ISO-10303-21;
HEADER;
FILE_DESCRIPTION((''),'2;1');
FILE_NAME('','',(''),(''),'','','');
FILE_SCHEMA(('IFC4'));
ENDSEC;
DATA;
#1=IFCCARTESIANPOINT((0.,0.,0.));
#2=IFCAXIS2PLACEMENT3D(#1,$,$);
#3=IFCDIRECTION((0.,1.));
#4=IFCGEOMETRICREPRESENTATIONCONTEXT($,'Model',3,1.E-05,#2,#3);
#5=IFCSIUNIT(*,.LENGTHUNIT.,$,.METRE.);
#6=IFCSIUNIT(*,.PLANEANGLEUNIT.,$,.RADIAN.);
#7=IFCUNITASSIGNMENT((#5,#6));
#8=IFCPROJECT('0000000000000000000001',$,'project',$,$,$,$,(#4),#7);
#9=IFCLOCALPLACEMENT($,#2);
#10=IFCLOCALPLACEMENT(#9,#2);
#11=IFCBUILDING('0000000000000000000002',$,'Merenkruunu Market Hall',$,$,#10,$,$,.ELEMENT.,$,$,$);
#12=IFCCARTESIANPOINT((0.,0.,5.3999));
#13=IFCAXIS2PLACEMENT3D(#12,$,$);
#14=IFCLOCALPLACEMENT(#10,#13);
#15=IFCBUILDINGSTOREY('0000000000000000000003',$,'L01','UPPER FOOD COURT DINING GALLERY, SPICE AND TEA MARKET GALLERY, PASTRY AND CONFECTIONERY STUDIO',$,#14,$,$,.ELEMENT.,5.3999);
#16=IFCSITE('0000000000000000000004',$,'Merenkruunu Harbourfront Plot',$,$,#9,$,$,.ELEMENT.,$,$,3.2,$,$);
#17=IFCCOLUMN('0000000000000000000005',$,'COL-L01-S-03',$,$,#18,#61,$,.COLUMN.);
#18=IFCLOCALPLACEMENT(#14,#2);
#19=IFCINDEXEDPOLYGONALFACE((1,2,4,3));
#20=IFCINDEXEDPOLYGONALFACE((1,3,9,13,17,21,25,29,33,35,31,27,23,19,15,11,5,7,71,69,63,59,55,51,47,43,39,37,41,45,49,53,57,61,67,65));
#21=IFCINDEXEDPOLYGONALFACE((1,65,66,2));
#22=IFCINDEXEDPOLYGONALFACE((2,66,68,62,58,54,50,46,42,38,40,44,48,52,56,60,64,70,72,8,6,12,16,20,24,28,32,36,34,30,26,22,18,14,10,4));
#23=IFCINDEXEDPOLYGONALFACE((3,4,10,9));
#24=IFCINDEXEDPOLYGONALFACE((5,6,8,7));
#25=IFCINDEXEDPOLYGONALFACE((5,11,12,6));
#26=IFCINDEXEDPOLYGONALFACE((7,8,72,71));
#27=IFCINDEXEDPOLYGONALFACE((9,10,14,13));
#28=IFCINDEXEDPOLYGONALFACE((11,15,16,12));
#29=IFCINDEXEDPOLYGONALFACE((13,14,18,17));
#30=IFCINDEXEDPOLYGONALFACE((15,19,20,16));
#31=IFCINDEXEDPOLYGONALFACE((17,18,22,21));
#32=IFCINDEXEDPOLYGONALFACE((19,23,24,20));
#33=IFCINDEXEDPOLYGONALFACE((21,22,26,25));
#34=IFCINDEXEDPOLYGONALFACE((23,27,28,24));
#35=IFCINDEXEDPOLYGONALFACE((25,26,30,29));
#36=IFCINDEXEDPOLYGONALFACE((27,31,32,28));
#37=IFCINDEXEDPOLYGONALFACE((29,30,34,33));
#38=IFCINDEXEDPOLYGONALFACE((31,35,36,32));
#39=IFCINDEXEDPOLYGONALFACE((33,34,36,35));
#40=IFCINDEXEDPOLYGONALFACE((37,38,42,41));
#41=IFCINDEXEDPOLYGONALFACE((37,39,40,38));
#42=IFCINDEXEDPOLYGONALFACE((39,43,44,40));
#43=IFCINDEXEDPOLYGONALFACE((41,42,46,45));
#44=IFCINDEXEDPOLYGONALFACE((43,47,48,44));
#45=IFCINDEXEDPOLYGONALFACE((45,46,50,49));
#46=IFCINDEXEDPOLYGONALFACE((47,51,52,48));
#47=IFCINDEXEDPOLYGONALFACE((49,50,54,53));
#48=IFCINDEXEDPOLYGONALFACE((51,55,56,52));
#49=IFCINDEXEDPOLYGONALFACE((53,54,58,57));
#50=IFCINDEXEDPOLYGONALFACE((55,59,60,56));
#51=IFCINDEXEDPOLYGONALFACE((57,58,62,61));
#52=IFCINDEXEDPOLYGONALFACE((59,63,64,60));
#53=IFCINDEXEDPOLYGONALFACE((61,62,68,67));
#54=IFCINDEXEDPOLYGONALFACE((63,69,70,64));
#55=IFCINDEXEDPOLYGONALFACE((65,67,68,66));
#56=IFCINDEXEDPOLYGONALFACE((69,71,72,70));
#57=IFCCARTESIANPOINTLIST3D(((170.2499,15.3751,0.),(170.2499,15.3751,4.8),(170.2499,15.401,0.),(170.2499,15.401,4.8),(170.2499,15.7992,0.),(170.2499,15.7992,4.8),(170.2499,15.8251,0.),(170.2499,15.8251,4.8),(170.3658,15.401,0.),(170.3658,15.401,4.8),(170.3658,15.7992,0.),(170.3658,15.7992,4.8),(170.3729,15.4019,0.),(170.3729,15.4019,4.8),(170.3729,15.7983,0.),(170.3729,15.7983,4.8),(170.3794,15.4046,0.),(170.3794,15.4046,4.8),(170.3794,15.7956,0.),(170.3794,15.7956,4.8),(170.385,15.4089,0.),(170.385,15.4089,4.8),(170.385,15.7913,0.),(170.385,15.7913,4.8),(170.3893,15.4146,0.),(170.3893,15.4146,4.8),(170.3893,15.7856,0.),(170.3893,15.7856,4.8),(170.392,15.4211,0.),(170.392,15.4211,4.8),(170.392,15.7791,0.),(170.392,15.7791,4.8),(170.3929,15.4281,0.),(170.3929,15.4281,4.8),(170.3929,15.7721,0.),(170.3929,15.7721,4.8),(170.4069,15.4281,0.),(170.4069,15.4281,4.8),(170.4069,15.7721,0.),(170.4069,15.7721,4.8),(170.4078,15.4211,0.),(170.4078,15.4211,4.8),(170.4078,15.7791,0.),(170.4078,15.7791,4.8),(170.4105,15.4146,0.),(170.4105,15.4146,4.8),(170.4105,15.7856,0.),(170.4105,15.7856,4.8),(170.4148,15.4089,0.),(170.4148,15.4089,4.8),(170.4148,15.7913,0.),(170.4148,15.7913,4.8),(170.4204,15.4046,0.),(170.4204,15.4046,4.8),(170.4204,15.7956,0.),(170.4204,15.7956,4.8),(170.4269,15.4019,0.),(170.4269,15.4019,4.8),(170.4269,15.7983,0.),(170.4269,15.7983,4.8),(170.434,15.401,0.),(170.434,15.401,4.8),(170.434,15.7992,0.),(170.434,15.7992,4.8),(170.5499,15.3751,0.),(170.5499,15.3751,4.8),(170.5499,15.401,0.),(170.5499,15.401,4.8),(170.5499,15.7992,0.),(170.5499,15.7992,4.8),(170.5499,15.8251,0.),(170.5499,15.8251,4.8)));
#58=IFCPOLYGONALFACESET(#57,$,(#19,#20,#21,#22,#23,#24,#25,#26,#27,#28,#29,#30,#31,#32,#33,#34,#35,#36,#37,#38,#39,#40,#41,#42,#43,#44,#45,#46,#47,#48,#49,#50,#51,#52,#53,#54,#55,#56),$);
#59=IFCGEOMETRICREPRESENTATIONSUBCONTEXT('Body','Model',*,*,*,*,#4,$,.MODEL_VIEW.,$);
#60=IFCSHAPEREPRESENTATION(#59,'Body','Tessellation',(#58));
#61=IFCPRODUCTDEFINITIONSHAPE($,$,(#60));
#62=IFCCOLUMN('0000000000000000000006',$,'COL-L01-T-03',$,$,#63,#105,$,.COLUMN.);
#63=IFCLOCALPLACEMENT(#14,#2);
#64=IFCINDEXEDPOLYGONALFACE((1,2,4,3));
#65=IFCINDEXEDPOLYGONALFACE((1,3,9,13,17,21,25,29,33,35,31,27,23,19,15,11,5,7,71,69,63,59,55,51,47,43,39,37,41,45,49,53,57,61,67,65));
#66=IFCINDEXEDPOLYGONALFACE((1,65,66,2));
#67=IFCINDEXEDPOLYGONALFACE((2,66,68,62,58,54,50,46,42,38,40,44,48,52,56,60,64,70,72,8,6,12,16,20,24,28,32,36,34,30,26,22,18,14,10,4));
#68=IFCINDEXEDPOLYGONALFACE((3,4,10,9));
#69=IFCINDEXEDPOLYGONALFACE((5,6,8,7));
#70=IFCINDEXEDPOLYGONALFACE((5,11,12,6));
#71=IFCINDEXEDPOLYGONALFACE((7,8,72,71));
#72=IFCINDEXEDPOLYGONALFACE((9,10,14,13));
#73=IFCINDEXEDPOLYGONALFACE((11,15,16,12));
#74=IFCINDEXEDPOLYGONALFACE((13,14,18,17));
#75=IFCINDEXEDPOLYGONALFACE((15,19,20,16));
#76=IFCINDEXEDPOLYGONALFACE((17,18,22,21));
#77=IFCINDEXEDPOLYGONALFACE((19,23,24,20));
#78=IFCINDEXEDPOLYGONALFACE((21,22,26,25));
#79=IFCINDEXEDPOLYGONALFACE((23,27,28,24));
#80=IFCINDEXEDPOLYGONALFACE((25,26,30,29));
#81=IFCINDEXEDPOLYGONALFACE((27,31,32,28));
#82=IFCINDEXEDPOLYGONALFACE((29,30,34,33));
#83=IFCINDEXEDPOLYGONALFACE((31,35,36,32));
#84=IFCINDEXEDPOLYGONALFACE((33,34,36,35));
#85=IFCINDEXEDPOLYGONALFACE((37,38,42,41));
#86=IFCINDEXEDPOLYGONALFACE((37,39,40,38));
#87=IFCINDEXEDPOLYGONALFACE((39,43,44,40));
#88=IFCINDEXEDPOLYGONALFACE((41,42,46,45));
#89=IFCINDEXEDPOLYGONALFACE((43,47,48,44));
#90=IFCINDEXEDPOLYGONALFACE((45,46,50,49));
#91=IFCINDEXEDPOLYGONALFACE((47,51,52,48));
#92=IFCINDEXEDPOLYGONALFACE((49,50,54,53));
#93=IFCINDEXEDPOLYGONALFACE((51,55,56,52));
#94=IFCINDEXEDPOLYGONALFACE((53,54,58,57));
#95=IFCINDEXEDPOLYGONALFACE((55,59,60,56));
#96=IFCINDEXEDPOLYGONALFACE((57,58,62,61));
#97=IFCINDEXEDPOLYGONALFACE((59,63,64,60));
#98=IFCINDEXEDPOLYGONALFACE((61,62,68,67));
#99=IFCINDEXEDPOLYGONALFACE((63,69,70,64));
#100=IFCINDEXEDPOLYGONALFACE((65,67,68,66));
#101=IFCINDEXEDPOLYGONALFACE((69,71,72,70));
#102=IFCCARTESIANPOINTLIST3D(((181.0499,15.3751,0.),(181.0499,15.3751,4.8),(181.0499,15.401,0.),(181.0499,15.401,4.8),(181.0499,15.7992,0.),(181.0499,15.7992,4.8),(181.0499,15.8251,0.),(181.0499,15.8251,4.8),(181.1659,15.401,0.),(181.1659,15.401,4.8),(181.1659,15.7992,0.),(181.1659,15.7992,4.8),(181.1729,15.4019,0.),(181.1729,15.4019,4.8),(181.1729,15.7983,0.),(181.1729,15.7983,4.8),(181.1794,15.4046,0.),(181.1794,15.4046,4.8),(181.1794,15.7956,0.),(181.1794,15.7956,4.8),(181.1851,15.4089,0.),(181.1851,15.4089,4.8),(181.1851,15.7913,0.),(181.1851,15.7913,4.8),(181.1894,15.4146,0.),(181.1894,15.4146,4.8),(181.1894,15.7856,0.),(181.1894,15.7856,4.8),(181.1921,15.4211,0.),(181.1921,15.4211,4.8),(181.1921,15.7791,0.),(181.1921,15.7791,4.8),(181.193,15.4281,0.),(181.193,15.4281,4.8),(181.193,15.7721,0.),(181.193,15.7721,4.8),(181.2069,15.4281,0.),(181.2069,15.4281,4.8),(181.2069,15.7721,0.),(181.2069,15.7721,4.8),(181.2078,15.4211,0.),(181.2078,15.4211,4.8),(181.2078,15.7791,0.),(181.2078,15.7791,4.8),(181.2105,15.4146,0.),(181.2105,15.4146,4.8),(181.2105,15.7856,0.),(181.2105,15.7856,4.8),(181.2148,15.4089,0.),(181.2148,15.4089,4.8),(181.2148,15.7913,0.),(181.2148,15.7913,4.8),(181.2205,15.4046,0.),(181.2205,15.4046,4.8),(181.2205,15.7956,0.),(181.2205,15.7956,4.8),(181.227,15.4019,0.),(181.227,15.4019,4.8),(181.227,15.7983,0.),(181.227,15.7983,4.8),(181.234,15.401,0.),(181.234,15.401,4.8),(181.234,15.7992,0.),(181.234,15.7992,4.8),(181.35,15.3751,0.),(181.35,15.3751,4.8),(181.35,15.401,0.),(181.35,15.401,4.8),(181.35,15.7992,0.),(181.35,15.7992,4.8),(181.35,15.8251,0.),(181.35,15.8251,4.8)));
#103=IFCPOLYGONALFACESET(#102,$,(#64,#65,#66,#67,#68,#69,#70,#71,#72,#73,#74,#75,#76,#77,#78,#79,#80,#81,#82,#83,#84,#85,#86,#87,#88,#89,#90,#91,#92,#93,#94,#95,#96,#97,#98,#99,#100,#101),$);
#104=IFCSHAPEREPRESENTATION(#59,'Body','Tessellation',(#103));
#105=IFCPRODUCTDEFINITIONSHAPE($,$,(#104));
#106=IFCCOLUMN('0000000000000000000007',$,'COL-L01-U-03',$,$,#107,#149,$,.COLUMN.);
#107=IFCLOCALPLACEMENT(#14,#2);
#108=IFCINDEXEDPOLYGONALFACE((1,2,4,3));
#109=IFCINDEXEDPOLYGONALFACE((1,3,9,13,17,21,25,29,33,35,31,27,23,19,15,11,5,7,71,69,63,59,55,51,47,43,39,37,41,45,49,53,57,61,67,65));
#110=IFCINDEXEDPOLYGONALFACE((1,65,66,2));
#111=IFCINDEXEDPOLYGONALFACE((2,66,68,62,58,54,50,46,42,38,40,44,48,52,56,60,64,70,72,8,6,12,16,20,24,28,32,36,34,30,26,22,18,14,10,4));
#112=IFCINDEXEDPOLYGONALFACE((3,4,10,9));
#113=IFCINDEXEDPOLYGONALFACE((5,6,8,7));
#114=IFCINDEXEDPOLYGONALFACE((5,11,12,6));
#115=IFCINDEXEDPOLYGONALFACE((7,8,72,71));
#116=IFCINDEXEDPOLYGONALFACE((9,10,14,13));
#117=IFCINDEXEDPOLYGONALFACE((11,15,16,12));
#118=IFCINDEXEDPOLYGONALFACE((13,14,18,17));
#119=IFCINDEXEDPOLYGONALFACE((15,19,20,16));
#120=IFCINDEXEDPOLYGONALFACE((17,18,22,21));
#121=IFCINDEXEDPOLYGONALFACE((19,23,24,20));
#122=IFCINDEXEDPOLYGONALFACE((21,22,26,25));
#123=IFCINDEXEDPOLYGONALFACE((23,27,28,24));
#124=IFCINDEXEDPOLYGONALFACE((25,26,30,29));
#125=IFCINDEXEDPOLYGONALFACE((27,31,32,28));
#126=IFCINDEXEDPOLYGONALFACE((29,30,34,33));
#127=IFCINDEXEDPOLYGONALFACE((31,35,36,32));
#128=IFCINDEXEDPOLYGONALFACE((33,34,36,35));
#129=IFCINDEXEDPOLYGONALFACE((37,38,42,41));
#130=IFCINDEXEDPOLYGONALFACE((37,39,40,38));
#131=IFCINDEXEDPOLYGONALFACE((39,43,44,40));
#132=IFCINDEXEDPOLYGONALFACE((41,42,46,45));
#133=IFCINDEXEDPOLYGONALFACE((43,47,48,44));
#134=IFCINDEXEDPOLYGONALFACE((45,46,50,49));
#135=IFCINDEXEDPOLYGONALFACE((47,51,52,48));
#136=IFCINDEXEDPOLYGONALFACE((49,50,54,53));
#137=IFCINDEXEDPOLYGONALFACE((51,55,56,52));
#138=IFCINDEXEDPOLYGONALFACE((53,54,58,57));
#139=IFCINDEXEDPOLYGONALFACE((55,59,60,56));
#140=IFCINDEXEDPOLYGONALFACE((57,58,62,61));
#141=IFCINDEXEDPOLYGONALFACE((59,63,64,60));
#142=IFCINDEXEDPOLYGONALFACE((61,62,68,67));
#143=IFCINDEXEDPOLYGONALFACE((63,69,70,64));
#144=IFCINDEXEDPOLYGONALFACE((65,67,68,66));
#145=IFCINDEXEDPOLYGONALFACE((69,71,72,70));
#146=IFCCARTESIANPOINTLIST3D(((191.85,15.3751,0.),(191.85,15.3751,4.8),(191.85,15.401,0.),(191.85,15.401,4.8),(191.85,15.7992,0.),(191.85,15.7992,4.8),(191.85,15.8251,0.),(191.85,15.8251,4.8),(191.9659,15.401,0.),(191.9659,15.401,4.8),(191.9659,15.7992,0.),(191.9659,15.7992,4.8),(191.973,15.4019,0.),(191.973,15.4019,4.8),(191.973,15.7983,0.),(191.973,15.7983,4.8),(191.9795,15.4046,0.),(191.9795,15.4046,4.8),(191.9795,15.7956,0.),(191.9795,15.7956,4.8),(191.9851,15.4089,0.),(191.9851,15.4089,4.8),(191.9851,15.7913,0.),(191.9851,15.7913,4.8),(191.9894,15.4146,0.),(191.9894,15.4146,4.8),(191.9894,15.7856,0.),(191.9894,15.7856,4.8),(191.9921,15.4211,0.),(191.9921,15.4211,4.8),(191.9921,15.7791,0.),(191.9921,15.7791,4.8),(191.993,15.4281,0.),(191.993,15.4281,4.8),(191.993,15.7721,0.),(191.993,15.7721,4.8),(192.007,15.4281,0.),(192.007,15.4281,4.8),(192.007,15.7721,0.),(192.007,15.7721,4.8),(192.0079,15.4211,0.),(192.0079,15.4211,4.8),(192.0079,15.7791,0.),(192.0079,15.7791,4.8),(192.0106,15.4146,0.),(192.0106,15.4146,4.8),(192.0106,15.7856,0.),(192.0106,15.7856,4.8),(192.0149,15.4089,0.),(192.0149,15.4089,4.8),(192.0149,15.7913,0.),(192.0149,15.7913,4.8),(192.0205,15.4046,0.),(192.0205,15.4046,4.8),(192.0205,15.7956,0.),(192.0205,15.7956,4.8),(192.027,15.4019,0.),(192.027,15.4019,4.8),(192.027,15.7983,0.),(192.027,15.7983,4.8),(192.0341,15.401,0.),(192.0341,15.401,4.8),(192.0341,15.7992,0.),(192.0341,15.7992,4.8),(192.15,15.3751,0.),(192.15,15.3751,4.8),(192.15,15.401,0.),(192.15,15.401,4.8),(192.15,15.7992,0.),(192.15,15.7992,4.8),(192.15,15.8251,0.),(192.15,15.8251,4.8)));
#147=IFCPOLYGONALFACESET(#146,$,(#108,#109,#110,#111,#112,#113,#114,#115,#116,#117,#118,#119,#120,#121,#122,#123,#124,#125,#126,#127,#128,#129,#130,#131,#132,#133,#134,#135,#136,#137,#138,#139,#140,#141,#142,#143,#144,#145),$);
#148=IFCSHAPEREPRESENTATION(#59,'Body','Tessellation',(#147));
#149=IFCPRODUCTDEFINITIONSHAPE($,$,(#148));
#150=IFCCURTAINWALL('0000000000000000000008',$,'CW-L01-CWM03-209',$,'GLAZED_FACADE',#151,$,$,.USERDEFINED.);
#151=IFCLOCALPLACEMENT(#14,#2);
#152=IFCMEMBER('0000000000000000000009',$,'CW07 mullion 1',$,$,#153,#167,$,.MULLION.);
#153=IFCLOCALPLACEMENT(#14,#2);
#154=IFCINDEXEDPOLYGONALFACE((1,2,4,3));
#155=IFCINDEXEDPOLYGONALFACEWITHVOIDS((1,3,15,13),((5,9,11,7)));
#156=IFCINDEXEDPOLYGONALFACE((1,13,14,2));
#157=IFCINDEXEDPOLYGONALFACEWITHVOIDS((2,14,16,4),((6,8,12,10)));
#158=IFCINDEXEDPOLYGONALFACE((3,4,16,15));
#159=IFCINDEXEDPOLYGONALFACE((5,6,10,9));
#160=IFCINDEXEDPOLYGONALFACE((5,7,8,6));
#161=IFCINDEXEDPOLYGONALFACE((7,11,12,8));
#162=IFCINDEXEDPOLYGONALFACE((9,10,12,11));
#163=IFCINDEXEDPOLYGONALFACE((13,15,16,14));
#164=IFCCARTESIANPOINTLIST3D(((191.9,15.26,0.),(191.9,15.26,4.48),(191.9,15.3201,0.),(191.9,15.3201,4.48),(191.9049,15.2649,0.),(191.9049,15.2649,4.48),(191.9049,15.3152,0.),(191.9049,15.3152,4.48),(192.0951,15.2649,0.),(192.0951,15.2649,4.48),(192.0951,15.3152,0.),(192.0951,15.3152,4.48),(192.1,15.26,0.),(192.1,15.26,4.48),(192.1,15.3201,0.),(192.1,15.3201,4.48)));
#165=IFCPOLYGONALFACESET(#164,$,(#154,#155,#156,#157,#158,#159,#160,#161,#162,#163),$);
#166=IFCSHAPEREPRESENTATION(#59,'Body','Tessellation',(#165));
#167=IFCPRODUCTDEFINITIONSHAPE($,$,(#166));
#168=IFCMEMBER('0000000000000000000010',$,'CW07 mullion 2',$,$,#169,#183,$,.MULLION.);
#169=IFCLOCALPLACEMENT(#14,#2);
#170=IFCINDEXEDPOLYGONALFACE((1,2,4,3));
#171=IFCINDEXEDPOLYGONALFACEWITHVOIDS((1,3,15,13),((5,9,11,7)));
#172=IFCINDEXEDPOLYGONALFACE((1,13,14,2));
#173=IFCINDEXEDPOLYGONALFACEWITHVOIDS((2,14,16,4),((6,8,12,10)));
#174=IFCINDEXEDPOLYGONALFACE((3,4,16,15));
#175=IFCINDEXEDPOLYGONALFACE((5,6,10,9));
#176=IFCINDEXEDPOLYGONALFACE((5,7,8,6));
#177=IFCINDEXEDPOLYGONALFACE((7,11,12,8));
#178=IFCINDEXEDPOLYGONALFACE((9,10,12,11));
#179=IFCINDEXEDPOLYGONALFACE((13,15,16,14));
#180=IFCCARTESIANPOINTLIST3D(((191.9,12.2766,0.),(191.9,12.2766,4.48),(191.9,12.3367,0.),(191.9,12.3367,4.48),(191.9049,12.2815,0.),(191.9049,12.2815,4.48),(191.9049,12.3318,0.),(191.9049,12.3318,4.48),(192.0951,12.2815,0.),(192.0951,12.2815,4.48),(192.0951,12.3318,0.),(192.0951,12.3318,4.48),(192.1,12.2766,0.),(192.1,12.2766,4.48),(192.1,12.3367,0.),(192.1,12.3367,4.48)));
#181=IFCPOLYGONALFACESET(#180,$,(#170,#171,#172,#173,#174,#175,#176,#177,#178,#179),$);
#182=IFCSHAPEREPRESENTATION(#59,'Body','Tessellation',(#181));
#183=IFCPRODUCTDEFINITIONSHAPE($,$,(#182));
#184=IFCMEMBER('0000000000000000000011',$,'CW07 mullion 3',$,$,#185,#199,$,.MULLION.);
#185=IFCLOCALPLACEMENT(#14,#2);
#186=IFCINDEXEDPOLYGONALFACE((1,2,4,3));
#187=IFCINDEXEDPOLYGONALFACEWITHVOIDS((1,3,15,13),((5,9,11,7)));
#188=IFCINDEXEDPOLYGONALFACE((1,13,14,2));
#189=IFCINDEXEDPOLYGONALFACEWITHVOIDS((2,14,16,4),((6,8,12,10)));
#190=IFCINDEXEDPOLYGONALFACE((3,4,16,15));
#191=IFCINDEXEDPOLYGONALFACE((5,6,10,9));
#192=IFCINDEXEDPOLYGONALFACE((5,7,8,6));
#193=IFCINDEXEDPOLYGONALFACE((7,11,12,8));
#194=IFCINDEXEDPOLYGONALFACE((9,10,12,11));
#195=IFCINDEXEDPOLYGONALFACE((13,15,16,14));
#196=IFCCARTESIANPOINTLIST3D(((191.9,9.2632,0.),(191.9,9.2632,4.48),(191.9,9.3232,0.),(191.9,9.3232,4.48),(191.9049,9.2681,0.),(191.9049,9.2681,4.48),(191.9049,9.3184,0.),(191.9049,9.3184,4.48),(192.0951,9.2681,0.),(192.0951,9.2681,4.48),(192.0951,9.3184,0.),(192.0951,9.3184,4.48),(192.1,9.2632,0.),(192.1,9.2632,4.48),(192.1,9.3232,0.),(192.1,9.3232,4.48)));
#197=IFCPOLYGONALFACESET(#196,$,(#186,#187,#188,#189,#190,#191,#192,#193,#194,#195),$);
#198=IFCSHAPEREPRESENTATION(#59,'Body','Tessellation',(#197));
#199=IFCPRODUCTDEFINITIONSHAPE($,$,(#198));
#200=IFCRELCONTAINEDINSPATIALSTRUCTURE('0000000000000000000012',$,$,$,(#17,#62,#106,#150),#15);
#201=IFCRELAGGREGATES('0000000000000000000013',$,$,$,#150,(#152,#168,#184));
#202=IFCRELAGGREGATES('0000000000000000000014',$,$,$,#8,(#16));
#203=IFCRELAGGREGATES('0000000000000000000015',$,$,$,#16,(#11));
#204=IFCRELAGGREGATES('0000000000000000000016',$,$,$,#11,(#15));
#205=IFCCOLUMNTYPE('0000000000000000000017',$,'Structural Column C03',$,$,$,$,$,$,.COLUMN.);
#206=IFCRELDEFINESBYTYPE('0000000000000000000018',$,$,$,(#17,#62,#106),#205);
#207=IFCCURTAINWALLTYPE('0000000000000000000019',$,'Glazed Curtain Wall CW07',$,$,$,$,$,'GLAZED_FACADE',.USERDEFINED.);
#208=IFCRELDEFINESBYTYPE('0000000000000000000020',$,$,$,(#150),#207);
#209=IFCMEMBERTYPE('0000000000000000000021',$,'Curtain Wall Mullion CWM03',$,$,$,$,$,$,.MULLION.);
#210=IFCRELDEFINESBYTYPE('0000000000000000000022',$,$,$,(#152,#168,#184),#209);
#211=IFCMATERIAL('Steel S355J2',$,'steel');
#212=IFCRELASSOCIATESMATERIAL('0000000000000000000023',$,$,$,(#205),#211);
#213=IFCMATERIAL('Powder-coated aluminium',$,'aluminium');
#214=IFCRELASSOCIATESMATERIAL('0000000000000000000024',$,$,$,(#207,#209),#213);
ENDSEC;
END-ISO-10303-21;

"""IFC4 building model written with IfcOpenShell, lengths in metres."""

from ifc_helpers import new_model, si_unit, direction, frame, origin, origin_2d, place, context, subcontext, project, spatial, hollow_rectangle, i_section, extrude, material, material_profile, profile_set, type_object, element, aggregate, save


model = new_model("IFC4")

# Units and contexts
model_context = context("Model", 3, precision=1e-05, world=origin(), true_north=direction((0.0, 1.0)))
body_context = subcontext(model_context, "Body", "Model", "MODEL_VIEW")
ifc_project = project(units=[si_unit("LENGTHUNIT", "METRE"), si_unit("PLANEANGLEUNIT", "RADIAN")], contexts=[model_context])

# Site, building, storey
site_placement = place(None, origin())
site = spatial("IfcSite", under=ifc_project, at=site_placement, Name="Merenkruunu Harbourfront Plot", CompositionType="ELEMENT", RefElevation=3.2)
building_placement = place(site_placement, origin())
building = spatial("IfcBuilding", under=site, at=building_placement, Name="Merenkruunu Market Hall", CompositionType="ELEMENT")
storey_placement = place(building_placement, frame((0.0, 0.0, 5.3999)))
storey = spatial("IfcBuildingStorey", under=building, at=storey_placement, Name="L01", Description="UPPER FOOD COURT DINING GALLERY, SPICE AND TEA MARKET GALLERY, PASTRY AND CONFECTIONERY STUDIO", CompositionType="ELEMENT", Elevation=5.3999)

# Columns
ifc_material_1 = material(Name="Steel S355J2", Category="steel")
ifc_material_profile_1 = material_profile(ifc_material_1, i_section(OverallWidth=0.3, OverallDepth=0.45, WebThickness=0.0139, FlangeThickness=0.0259, FilletRadius=0.0271, at=origin_2d()), Name="HEB 450")
ifc_profile_set_1 = profile_set([ifc_material_profile_1], Name="Steel S355J2")
column_type = type_object("IfcColumnType", Name="Structural Column C03", PredefinedType="COLUMN", material=ifc_profile_set_1)
for number, where, z_axis, x_axis, name in (
    (1, (170.3999, 15.6001, 0.0), (0.0, 0.0, 1.0), (1.0, 0.0, 0.0), "COL-L01-S-03"),
    (2, (181.2, 15.6001, 0.0), (0.0, 0.0, 1.0), (1.0, 0.0, 0.0), "COL-L01-T-03"),
    (3, (192.0, 15.6001, 0.0), (0.0, 0.0, 1.0), (1.0, 0.0, 0.0), "COL-L01-U-03"),
):
    element("IfcColumn", number, at=place(storey_placement, frame(where, z_axis=z_axis, x_axis=x_axis)), inside=storey, type_object=column_type, Name=name, PredefinedType="COLUMN", context=body_context, shape_type="SweptSolid", body=[
        extrude(i_section(OverallWidth=0.3, OverallDepth=0.45, WebThickness=0.0139, FlangeThickness=0.0259, FilletRadius=0.0271, at=origin_2d()), origin(), (0.0, 0.0, 1.0), 4.8),
    ])

# Curtain wall, members
ifc_material_2 = material(Name="Powder-coated aluminium", Category="aluminium")
curtain_wall_type = type_object("IfcCurtainWallType", Name="Glazed Curtain Wall CW07", ElementType="GLAZED_FACADE", PredefinedType="USERDEFINED", material=ifc_material_2)
curtain_wall_placement = place(storey_placement, origin())
curtain_wall = element("IfcCurtainWall", 4, at=curtain_wall_placement, inside=storey, type_object=curtain_wall_type, Name="CW-L01-CWM03-209", ObjectType="GLAZED_FACADE", PredefinedType="USERDEFINED")
ifc_material_profile_2 = material_profile(ifc_material_2, hollow_rectangle(XDim=0.0601, YDim=0.2, WallThickness=0.0049, at=origin_2d()), Name="ALU 60x200x5")
ifc_profile_set_2 = profile_set([ifc_material_profile_2], Name="Powder-coated aluminium")
member_type_1 = type_object("IfcMemberType", Name="Curtain Wall Mullion CWM03", PredefinedType="MULLION", material=ifc_profile_set_2)
member_1_placement = place(storey_placement, frame((192.0, 15.29, 0.0), z_axis=(0.0, 0.0, 1.0), x_axis=(0.0, -1.0, 0.0)))
member_1 = element("IfcMember", 5, at=member_1_placement, type_object=member_type_1, Name="CW07 mullion 1", PredefinedType="MULLION", context=body_context, shape_type="SweptSolid", body=[
    extrude(hollow_rectangle(XDim=0.0601, YDim=0.2, WallThickness=0.0049, at=origin_2d()), origin(), (0.0, 0.0, 1.0), 4.48),
])
member_2_placement = place(storey_placement, frame((192.0, 12.3066, 0.0), z_axis=(0.0, 0.0, 1.0), x_axis=(0.0, -1.0, 0.0)))
member_2 = element("IfcMember", 6, at=member_2_placement, type_object=member_type_1, Name="CW07 mullion 2", PredefinedType="MULLION", context=body_context, shape_type="SweptSolid", body=[
    extrude(hollow_rectangle(XDim=0.0601, YDim=0.2, WallThickness=0.0049, at=origin_2d()), origin(), (0.0, 0.0, 1.0), 4.48),
])
member_3_placement = place(storey_placement, frame((192.0, 9.2932, 0.0), z_axis=(0.0, 0.0, 1.0), x_axis=(0.0, -1.0, 0.0)))
member_3 = element("IfcMember", 7, at=member_3_placement, type_object=member_type_1, Name="CW07 mullion 3", PredefinedType="MULLION", context=body_context, shape_type="SweptSolid", body=[
    extrude(hollow_rectangle(XDim=0.0601, YDim=0.2, WallThickness=0.0049, at=origin_2d()), origin(), (0.0, 0.0, 1.0), 4.48),
])

aggregate(curtain_wall, [member_1, member_2, member_3])

save(model, "model.ifc")
